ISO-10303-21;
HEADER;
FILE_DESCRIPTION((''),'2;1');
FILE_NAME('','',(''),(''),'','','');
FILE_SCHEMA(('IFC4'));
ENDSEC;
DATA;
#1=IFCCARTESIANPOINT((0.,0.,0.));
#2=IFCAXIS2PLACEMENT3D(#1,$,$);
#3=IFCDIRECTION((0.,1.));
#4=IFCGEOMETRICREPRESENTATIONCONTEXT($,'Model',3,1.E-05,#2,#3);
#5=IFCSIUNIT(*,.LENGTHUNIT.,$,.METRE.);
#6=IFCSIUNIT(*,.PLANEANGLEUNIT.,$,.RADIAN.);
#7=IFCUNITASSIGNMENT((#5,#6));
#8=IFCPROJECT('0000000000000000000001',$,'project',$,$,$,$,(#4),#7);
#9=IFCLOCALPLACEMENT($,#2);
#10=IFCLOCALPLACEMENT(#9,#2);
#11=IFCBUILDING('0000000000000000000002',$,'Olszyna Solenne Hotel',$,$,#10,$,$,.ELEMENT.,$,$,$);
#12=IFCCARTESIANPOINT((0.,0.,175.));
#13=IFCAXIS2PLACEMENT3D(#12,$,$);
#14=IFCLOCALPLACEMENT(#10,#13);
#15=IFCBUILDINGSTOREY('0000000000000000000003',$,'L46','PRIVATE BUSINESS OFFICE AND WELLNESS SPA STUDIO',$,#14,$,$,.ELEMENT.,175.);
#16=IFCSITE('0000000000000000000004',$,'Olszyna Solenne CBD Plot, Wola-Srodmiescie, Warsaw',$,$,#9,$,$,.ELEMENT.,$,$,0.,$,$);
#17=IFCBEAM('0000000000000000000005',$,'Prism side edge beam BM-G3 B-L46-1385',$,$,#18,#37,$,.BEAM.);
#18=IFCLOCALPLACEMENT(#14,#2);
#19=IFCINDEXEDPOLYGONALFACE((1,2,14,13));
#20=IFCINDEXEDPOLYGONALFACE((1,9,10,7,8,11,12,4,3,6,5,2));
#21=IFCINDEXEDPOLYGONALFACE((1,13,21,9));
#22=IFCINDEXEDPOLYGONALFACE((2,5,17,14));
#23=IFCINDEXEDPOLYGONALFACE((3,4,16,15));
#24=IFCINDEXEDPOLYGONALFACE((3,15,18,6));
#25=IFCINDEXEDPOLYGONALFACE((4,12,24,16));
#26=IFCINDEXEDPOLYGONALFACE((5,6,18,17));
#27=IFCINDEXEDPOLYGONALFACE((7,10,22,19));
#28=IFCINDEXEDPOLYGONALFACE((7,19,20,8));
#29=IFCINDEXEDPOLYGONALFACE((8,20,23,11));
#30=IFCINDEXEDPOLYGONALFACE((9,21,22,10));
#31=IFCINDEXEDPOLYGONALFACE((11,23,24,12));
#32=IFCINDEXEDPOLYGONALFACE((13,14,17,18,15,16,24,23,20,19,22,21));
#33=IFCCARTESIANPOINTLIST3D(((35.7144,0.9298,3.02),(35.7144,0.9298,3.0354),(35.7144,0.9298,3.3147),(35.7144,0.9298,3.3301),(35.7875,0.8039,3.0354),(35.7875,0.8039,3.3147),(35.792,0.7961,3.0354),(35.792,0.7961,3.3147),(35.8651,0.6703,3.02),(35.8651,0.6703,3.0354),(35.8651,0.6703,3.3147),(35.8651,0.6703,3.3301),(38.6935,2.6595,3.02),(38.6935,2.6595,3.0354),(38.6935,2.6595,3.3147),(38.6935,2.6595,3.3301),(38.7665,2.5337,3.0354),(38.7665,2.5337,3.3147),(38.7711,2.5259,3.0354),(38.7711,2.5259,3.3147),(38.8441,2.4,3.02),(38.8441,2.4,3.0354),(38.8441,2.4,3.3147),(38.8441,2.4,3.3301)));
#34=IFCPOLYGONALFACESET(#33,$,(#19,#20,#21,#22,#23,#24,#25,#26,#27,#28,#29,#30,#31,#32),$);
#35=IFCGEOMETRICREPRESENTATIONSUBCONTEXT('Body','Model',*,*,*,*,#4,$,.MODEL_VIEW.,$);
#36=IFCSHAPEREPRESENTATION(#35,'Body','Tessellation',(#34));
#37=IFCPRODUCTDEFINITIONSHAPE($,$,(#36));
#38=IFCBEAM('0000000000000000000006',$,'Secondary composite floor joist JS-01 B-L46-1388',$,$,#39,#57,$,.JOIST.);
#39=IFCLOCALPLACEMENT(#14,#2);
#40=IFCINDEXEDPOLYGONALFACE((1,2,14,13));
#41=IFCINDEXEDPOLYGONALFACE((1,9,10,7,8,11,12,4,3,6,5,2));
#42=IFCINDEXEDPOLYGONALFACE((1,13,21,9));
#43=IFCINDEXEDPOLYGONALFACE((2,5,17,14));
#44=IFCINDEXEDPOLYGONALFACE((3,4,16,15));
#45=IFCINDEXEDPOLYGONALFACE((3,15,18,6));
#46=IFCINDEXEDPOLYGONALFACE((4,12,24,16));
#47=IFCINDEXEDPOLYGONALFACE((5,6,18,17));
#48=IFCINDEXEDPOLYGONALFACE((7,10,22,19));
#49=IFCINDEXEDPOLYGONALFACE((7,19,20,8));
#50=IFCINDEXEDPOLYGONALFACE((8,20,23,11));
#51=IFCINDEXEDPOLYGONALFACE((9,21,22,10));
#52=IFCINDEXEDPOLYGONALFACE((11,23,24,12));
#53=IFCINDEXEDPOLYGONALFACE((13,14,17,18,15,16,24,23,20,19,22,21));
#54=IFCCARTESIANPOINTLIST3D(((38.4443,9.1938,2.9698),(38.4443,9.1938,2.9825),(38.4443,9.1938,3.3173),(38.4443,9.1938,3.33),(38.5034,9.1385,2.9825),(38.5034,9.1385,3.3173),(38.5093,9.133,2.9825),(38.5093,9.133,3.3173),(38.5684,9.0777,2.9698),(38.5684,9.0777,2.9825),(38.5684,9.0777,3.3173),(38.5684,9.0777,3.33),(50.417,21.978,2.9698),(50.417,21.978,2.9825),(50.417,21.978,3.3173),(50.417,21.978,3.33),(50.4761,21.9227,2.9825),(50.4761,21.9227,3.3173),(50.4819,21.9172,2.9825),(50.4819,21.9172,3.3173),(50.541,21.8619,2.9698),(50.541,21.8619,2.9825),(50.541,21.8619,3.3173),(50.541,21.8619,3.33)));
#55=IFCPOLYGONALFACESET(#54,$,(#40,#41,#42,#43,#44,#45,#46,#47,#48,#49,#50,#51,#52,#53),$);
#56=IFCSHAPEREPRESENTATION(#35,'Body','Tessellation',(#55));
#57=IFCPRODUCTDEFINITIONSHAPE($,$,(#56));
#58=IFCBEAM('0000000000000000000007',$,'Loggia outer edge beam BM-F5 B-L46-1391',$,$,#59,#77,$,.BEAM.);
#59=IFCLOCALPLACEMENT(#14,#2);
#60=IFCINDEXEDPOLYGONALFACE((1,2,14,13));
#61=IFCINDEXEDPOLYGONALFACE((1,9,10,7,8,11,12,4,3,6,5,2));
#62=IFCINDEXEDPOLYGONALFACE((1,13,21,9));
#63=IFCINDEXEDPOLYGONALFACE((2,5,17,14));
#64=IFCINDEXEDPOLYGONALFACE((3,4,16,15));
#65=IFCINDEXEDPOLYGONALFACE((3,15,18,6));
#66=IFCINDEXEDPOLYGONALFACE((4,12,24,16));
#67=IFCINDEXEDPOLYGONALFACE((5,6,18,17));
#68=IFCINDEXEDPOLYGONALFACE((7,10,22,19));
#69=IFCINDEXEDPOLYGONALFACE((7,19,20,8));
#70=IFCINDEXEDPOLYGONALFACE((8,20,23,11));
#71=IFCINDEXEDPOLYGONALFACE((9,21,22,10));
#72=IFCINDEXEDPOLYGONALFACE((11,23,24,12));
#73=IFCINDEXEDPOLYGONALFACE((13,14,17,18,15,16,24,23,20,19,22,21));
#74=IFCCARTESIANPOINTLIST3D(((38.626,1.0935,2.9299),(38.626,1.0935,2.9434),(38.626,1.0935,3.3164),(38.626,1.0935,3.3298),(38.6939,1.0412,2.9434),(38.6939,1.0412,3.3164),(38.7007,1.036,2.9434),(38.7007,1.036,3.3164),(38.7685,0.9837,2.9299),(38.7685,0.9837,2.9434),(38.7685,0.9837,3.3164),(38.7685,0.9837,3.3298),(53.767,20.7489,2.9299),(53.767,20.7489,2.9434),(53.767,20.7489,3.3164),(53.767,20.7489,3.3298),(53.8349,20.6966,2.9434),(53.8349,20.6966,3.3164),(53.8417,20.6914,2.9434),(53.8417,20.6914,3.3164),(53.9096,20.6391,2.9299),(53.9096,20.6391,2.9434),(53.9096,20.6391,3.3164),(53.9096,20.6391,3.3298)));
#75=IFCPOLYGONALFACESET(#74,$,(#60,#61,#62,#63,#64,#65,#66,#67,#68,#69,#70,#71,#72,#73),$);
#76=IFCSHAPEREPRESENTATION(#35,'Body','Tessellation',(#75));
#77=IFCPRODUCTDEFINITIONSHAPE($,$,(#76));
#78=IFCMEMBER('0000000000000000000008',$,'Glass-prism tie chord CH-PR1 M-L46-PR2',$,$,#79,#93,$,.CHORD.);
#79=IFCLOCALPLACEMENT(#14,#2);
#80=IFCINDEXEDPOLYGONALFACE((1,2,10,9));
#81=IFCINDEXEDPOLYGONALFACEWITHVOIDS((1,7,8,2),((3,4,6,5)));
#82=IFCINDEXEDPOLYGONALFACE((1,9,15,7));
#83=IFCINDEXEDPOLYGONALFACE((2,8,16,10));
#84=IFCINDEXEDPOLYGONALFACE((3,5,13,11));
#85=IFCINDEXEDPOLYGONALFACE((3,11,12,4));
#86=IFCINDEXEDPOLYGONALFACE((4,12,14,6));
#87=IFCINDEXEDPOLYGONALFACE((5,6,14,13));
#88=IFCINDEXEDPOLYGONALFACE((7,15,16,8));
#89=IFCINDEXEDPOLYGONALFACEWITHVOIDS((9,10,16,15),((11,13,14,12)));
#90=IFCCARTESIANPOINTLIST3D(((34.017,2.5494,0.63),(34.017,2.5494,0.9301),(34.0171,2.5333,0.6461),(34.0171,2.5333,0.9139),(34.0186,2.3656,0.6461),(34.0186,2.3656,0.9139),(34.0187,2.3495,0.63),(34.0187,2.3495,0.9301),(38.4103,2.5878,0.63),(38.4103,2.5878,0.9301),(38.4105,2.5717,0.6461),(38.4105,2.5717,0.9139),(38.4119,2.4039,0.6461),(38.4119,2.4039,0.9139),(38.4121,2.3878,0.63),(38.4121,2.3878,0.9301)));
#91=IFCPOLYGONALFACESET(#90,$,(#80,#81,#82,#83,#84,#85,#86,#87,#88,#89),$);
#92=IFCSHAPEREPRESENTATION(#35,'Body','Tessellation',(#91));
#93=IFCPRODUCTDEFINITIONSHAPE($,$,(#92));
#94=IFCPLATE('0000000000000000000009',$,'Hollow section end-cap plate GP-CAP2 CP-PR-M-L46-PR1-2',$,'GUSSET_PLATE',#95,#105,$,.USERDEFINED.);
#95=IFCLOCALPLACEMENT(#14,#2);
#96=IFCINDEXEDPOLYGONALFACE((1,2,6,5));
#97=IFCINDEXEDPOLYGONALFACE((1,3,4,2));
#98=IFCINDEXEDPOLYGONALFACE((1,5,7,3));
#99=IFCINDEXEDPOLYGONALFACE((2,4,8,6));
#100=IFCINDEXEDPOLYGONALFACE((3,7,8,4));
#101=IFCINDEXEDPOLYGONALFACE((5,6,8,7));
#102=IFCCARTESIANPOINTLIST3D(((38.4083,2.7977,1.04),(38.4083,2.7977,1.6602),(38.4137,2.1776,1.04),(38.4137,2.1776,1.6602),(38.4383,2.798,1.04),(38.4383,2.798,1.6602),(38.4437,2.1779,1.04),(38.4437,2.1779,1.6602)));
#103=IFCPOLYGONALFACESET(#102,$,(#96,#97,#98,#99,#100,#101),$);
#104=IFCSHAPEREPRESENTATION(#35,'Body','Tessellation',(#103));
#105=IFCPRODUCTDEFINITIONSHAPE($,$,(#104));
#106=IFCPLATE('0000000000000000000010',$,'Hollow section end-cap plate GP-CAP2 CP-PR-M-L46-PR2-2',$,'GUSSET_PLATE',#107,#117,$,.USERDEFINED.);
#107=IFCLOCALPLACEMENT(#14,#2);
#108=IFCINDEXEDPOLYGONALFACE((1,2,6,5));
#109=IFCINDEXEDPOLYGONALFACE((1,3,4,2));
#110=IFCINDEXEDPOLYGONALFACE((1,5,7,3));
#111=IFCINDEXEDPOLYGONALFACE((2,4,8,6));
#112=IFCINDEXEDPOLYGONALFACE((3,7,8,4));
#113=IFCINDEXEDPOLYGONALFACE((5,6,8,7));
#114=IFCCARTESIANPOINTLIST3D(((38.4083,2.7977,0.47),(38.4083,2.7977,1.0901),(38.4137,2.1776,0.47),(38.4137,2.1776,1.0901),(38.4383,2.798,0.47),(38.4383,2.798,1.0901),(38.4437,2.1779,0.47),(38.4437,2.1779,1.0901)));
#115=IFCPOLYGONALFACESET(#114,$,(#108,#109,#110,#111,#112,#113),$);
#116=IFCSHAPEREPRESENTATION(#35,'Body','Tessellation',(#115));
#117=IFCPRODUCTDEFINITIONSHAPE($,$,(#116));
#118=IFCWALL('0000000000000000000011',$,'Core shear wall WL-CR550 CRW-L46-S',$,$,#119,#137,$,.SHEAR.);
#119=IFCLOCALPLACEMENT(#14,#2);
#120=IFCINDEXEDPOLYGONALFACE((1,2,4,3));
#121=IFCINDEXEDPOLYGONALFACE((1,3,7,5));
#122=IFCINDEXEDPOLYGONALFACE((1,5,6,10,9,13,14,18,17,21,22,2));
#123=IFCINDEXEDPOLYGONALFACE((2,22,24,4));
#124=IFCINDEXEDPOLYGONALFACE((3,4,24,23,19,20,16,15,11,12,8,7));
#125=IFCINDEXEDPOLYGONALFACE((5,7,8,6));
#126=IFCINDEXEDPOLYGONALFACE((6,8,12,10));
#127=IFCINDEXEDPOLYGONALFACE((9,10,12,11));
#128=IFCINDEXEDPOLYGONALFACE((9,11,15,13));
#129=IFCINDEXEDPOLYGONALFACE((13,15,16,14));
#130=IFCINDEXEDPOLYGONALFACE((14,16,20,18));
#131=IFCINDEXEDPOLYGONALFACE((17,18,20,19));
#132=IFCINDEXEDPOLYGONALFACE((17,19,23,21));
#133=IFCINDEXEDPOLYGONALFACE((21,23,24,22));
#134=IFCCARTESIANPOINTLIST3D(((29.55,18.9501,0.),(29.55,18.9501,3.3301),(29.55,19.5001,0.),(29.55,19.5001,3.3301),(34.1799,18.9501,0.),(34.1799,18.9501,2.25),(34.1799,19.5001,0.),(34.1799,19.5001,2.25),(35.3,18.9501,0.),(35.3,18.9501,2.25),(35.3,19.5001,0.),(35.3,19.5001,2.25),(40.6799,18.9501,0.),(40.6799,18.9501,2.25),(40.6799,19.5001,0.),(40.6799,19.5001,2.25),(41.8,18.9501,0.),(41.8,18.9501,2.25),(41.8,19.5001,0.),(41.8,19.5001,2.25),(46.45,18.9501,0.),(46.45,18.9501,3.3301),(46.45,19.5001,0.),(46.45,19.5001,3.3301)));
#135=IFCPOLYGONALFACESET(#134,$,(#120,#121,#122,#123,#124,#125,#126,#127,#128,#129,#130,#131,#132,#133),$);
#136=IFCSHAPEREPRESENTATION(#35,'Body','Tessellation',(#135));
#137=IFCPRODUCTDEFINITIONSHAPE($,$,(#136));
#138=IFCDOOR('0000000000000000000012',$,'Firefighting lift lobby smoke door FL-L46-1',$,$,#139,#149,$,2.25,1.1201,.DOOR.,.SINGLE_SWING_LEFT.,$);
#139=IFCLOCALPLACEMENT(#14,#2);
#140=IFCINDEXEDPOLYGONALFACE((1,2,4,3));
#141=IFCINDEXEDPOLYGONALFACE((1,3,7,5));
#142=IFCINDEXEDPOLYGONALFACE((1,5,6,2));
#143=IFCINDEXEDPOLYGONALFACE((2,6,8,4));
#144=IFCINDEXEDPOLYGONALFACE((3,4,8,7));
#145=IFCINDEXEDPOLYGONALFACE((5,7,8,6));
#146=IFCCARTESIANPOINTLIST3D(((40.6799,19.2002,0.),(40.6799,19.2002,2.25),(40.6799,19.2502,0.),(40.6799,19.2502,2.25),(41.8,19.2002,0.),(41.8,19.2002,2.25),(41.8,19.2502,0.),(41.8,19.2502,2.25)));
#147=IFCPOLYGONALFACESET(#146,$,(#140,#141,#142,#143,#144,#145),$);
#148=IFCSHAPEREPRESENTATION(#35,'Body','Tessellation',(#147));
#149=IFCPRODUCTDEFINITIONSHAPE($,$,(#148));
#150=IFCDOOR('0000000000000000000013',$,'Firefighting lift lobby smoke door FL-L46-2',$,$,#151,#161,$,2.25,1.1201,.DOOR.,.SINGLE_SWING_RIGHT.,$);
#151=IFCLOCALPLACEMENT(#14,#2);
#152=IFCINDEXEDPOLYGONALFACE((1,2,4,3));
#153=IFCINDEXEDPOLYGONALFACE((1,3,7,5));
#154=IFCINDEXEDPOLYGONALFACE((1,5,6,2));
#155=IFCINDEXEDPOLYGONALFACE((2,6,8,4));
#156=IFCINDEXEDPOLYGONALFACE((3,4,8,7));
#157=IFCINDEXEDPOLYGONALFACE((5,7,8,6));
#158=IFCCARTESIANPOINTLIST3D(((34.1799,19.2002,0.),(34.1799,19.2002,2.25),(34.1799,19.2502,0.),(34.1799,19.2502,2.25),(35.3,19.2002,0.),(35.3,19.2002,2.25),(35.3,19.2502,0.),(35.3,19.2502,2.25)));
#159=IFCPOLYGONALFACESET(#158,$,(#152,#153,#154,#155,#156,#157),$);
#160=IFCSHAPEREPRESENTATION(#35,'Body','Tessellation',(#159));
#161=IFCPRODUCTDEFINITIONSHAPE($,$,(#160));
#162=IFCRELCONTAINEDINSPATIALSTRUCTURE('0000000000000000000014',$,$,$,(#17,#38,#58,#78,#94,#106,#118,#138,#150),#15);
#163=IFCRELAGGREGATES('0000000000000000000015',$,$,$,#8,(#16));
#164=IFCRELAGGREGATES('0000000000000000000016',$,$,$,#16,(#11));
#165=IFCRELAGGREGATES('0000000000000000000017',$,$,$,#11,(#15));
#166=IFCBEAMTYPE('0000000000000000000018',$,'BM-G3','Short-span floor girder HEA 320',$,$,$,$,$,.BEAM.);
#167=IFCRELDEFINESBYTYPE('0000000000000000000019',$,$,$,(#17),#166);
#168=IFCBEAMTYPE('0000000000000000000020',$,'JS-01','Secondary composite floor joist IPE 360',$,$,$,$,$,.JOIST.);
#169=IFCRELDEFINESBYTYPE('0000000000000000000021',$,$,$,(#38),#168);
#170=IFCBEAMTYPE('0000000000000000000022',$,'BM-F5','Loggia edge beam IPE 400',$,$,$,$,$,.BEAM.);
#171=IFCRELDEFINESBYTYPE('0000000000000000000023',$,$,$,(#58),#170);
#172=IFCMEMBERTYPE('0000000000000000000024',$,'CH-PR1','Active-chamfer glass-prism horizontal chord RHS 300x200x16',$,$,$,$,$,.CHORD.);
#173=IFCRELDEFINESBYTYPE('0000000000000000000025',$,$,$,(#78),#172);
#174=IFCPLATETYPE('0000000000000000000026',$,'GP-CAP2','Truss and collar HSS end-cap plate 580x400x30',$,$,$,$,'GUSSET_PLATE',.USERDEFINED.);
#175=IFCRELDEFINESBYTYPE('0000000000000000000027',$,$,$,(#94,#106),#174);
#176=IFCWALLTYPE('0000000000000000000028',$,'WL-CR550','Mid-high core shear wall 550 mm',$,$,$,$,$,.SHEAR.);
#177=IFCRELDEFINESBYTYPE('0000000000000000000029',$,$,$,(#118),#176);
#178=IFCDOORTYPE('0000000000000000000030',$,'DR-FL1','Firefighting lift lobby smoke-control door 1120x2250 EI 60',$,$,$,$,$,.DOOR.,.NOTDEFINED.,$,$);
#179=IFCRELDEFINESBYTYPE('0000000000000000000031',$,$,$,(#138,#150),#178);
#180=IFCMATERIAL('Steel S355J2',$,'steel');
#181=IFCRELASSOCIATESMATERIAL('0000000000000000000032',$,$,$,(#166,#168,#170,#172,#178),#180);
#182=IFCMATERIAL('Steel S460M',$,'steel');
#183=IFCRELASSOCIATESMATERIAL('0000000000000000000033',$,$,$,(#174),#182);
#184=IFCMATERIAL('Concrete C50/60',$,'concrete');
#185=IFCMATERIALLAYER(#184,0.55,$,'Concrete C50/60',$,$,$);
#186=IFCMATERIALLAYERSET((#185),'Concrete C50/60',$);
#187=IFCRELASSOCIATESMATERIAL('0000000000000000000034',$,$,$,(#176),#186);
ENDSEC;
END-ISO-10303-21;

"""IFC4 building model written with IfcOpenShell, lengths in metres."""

from ifc_helpers import new_model, si_unit, direction, frame, frame_2d, origin, origin_2d, place, context, subcontext, project, spatial, rectangle, hollow_rectangle, i_section, extrude, source, transform, mapped, material, layer, layer_set, material_profile, profile_set, type_object, type_shapes, element, fill, save


model = new_model("IFC4")

# Units and contexts
model_context = context("Model", 3, precision=1e-05, world=origin(), true_north=direction((0.0, 1.0)))
body_context = subcontext(model_context, "Body", "Model", "MODEL_VIEW")
ifc_project = project(units=[si_unit("LENGTHUNIT", "METRE"), si_unit("PLANEANGLEUNIT", "RADIAN")], contexts=[model_context])

# Site, building, storey
site_placement = place(None, origin())
site = spatial("IfcSite", under=ifc_project, at=site_placement, Name="Olszyna Solenne CBD Plot, Wola-Srodmiescie, Warsaw", CompositionType="ELEMENT", RefElevation=0.0)
building_placement = place(site_placement, origin())
building = spatial("IfcBuilding", under=site, at=building_placement, Name="Olszyna Solenne Hotel", CompositionType="ELEMENT")
storey_placement = place(building_placement, frame((0.0, 0.0, 175.0)))
storey = spatial("IfcBuildingStorey", under=building, at=storey_placement, Name="L46", Description="PRIVATE BUSINESS OFFICE AND WELLNESS SPA STUDIO", CompositionType="ELEMENT", Elevation=175.0)

# Shared definitions
ifc_material_1 = material(Name="Steel S460M", Category="steel")

# Beams
ifc_material_2 = material(Name="Steel S355J2", Category="steel")
ifc_material_profile_1 = material_profile(ifc_material_2, i_section(OverallWidth=0.3, OverallDepth=0.3101, WebThickness=0.009, FlangeThickness=0.0154, at=origin_2d()), Name="HEA 320", Category="load-bearing")
ifc_profile_set_1 = profile_set([ifc_material_profile_1], Name="Steel S355J2")
beam_type_1 = type_object("IfcBeamType", Name="BM-G3", Description="Short-span floor girder HEA 320", PredefinedType="BEAM", material=ifc_profile_set_1)
shared_shape_1 = source(origin(), body_context, "Body", "SweptSolid", [
    extrude(i_section(OverallWidth=0.3, OverallDepth=0.3101, WebThickness=0.009, FlangeThickness=0.0154, at=origin_2d()), origin(), (0.0, 0.0, 1.0), 3.4448),
])
beam_1_placement = place(storey_placement, frame((38.7688, 2.5298, 3.175), z_axis=(-0.86479, -0.502134, 0.0), x_axis=(0.502134, -0.86479, 0.0)))
element("IfcBeam", 1, at=beam_1_placement, inside=storey, type_object=beam_type_1, Name="Prism side edge beam BM-G3 B-L46-1385", PredefinedType="BEAM", context=body_context, shape_type="MappedRepresentation", body=[
    mapped(shared_shape_1, transform((0.0, 0.0, 0.0), x_axis=(1.0, 0.0, 0.0), y_axis=(0.0, 1.0, 0.0), z_axis=(0.0, 0.0, 1.0), scale=1.0)),
])
ifc_material_profile_2 = material_profile(ifc_material_2, i_section(OverallWidth=0.1699, OverallDepth=0.3601, WebThickness=0.0081, FlangeThickness=0.0127, at=origin_2d()), Name="IPE 360", Category="load-bearing")
ifc_profile_set_2 = profile_set([ifc_material_profile_2], Name="Steel S355J2")
beam_type_2 = type_object("IfcBeamType", Name="JS-01", Description="Secondary composite floor joist IPE 360", PredefinedType="JOIST", material=ifc_profile_set_2)
shared_shape_2 = source(origin(), body_context, "Body", "SweptSolid", [
    extrude(i_section(OverallWidth=0.1699, OverallDepth=0.3601, WebThickness=0.0081, FlangeThickness=0.0127, at=origin_2d()), origin(), (0.0, 0.0, 1.0), 17.5151),
])
beam_2_placement = place(storey_placement, frame((38.5063, 9.1357, 3.1499), z_axis=(0.683561, 0.729894, 0.0), x_axis=(-0.729894, 0.683561, 0.0)))
element("IfcBeam", 2, at=beam_2_placement, inside=storey, type_object=beam_type_2, Name="Secondary composite floor joist JS-01 B-L46-1388", PredefinedType="JOIST", context=body_context, shape_type="MappedRepresentation", body=[
    mapped(shared_shape_2, transform((0.0, 0.0, 0.0), x_axis=(1.0, 0.0, 0.0), y_axis=(0.0, 1.0, 0.0), z_axis=(0.0, 0.0, 1.0), scale=1.0)),
])
ifc_material_profile_3 = material_profile(ifc_material_2, i_section(OverallWidth=0.1799, OverallDepth=0.3999, WebThickness=0.0085, FlangeThickness=0.0134, at=origin_2d()), Name="IPE 400", Category="load-bearing")
ifc_profile_set_3 = profile_set([ifc_material_profile_3], Name="Steel S355J2")
beam_type_3 = type_object("IfcBeamType", Name="BM-F5", Description="Loggia edge beam IPE 400", PredefinedType="BEAM", material=ifc_profile_set_3)
shared_shape_3 = source(origin(), body_context, "Body", "SweptSolid", [
    extrude(i_section(OverallWidth=0.1799, OverallDepth=0.3999, WebThickness=0.0085, FlangeThickness=0.0134, at=origin_2d()), origin(), (0.0, 0.0, 1.0), 24.811),
])
beam_3_placement = place(storey_placement, frame((38.6973, 1.0386, 3.1299), z_axis=(0.610255, 0.792205, 0.0), x_axis=(-0.792205, 0.610255, 0.0)))
element("IfcBeam", 3, at=beam_3_placement, inside=storey, type_object=beam_type_3, Name="Loggia outer edge beam BM-F5 B-L46-1391", PredefinedType="BEAM", context=body_context, shape_type="MappedRepresentation", body=[
    mapped(shared_shape_3, transform((0.0, 0.0, 0.0), x_axis=(1.0, 0.0, 0.0), y_axis=(0.0, 1.0, 0.0), z_axis=(0.0, 0.0, 1.0), scale=1.0)),
])

# Member
ifc_material_profile_4 = material_profile(ifc_material_2, hollow_rectangle(XDim=0.2, YDim=0.3, WallThickness=0.0161, at=origin_2d()), Name="RHS 300x200x16", Category="load-bearing")
ifc_profile_set_4 = profile_set([ifc_material_profile_4], Name="Steel S355J2")
member_type = type_object("IfcMemberType", Name="CH-PR1", Description="Active-chamfer glass-prism horizontal chord RHS 300x200x16", PredefinedType="CHORD", material=ifc_profile_set_4)
shared_shape_4 = source(origin(), body_context, "Body", "SweptSolid", [
    extrude(hollow_rectangle(XDim=0.2, YDim=0.3, WallThickness=0.0161, at=origin_2d()), origin(), (0.0, 0.0, 1.0), 4.3936),
])
member_placement = place(storey_placement, frame((34.0178, 2.4495, 0.78), z_axis=(0.999962, 0.008724, 0.0), x_axis=(-0.008724, 0.999962, 0.0)))
element("IfcMember", 4, at=member_placement, inside=storey, type_object=member_type, Name="Glass-prism tie chord CH-PR1 M-L46-PR2", PredefinedType="CHORD", context=body_context, shape_type="MappedRepresentation", body=[
    mapped(shared_shape_4, transform((0.0, 0.0, 0.0), x_axis=(1.0, 0.0, 0.0), y_axis=(0.0, 1.0, 0.0), z_axis=(0.0, 0.0, 1.0), scale=1.0)),
])

# Plates
plate_type = type_object("IfcPlateType", Name="GP-CAP2", Description="Truss and collar HSS end-cap plate 580x400x30", ElementType="GUSSET_PLATE", PredefinedType="USERDEFINED", material=ifc_material_1)
shared_shape_5 = source(origin(), body_context, "Body", "SweptSolid", [
    extrude(rectangle(XDim=0.03, YDim=0.6201, at=origin_2d()), origin(), (0.0, 0.0, 1.0), 0.6201),
])
for number, where, z_axis, x_axis, name in (
    (5, (38.426, 2.4878, 1.04), (0.0, 0.0, 1.0), (0.999962, 0.008727, 0.0), "Hollow section end-cap plate GP-CAP2 CP-PR-M-L46-PR1-2"),
    (6, (38.426, 2.4878, 0.47), (0.0, 0.0, 1.0), (0.999962, 0.008727, 0.0), "Hollow section end-cap plate GP-CAP2 CP-PR-M-L46-PR2-2"),
):
    element("IfcPlate", number, at=place(storey_placement, frame(where, z_axis=z_axis, x_axis=x_axis)), inside=storey, type_object=plate_type, Name=name, ObjectType="GUSSET_PLATE", PredefinedType="USERDEFINED", context=body_context, shape_type="MappedRepresentation", body=[
        mapped(shared_shape_5, transform((0.0, 0.0, 0.0), x_axis=(1.0, 0.0, 0.0), y_axis=(0.0, 1.0, 0.0), z_axis=(0.0, 0.0, 1.0), scale=1.0)),
    ])

# Wall, openings, doors
ifc_material_3 = material(Name="Concrete C50/60", Category="concrete")
ifc_layer_1 = layer(ifc_material_3, 0.55, Name="Concrete C50/60")
ifc_layer_set_1 = layer_set([ifc_layer_1], Name="Concrete C50/60")
wall_type_1 = type_object("IfcWallType", Name="WL-CR550", Description="Mid-high core shear wall 550 mm", PredefinedType="SHEAR", material=ifc_layer_set_1)
wall_1_placement = place(storey_placement, frame((46.45, 19.2251, 0.0), z_axis=(0.0, 0.0, 1.0), x_axis=(-1.0, 0.0, 0.0)))
wall_1 = element("IfcWall", 7, at=wall_1_placement, inside=storey, type_object=wall_type_1, Name="Core shear wall WL-CR550 CRW-L46-S", PredefinedType="SHEAR", context=body_context, shape_type="SweptSolid", body=[
    extrude(rectangle(XDim=16.8999, YDim=0.55, at=frame_2d((8.45, 0.0))), origin(), (0.0, 0.0, 1.0), 3.3301),
])
opening_1_placement = place(wall_1_placement, frame((4.6499, 0.0, 0.0)))
opening_1 = element("IfcOpeningElement", 8, at=opening_1_placement, cuts=wall_1, PredefinedType="OPENING", context=body_context, shape_type="SweptSolid", body=[
    extrude(rectangle(XDim=1.1201, YDim=2.25, at=frame_2d((0.5601, 1.125))), frame((0.0, 0.2852, 0.0), z_axis=(0.0, -1.0, 0.0), x_axis=(1.0, 0.0, 0.0)), (0.0, 0.0, 1.0), 0.5701),
])
opening_2_placement = place(wall_1_placement, frame((11.1499, 0.0, 0.0)))
opening_2 = element("IfcOpeningElement", 9, at=opening_2_placement, cuts=wall_1, PredefinedType="OPENING", context=body_context, shape_type="SweptSolid", body=[
    extrude(rectangle(XDim=1.1201, YDim=2.25, at=frame_2d((0.5601, 1.125))), frame((0.0, 0.2852, 0.0), z_axis=(0.0, -1.0, 0.0), x_axis=(1.0, 0.0, 0.0)), (0.0, 0.0, 1.0), 0.5701),
])
door_type_1 = type_object("IfcDoorType", Name="DR-FL1", Description="Firefighting lift lobby smoke-control door 1120x2250 EI 60", OperationType="NOTDEFINED", PredefinedType="DOOR", material=ifc_material_2)
shared_shape_6 = source(origin(), body_context, "Body", "SweptSolid", [
    extrude(rectangle(XDim=1.1201, YDim=2.25, at=frame_2d((0.5601, 1.125))), frame((0.0, 0.0249, 0.0), z_axis=(0.0, -1.0, 0.0), x_axis=(1.0, 0.0, 0.0)), (0.0, 0.0, 1.0), 0.05),
])
type_shapes(door_type_1, [shared_shape_6])
door_1_placement = place(opening_1_placement, origin())
door_1 = element("IfcDoor", 10, at=door_1_placement, inside=storey, type_object=door_type_1, Name="Firefighting lift lobby smoke door FL-L46-1", OperationType="SINGLE_SWING_LEFT", OverallHeight=2.25, OverallWidth=1.1201, PredefinedType="DOOR", context=body_context, shape_type="MappedRepresentation", body=[
    mapped(shared_shape_6, transform((0.0, 0.0, 0.0), x_axis=(1.0, 0.0, 0.0), y_axis=(0.0, 1.0, 0.0), z_axis=(0.0, 0.0, 1.0), scale=1.0)),
])
fill(opening_1, door_1)
door_2_placement = place(opening_2_placement, origin())
door_2 = element("IfcDoor", 11, at=door_2_placement, inside=storey, type_object=door_type_1, Name="Firefighting lift lobby smoke door FL-L46-2", OperationType="SINGLE_SWING_RIGHT", OverallHeight=2.25, OverallWidth=1.1201, PredefinedType="DOOR", context=body_context, shape_type="MappedRepresentation", body=[
    mapped(shared_shape_6, transform((0.0, 0.0, 0.0), x_axis=(1.0, 0.0, 0.0), y_axis=(0.0, 1.0, 0.0), z_axis=(0.0, 0.0, 1.0), scale=1.0)),
])
fill(opening_2, door_2)

save(model, "model.ifc")
